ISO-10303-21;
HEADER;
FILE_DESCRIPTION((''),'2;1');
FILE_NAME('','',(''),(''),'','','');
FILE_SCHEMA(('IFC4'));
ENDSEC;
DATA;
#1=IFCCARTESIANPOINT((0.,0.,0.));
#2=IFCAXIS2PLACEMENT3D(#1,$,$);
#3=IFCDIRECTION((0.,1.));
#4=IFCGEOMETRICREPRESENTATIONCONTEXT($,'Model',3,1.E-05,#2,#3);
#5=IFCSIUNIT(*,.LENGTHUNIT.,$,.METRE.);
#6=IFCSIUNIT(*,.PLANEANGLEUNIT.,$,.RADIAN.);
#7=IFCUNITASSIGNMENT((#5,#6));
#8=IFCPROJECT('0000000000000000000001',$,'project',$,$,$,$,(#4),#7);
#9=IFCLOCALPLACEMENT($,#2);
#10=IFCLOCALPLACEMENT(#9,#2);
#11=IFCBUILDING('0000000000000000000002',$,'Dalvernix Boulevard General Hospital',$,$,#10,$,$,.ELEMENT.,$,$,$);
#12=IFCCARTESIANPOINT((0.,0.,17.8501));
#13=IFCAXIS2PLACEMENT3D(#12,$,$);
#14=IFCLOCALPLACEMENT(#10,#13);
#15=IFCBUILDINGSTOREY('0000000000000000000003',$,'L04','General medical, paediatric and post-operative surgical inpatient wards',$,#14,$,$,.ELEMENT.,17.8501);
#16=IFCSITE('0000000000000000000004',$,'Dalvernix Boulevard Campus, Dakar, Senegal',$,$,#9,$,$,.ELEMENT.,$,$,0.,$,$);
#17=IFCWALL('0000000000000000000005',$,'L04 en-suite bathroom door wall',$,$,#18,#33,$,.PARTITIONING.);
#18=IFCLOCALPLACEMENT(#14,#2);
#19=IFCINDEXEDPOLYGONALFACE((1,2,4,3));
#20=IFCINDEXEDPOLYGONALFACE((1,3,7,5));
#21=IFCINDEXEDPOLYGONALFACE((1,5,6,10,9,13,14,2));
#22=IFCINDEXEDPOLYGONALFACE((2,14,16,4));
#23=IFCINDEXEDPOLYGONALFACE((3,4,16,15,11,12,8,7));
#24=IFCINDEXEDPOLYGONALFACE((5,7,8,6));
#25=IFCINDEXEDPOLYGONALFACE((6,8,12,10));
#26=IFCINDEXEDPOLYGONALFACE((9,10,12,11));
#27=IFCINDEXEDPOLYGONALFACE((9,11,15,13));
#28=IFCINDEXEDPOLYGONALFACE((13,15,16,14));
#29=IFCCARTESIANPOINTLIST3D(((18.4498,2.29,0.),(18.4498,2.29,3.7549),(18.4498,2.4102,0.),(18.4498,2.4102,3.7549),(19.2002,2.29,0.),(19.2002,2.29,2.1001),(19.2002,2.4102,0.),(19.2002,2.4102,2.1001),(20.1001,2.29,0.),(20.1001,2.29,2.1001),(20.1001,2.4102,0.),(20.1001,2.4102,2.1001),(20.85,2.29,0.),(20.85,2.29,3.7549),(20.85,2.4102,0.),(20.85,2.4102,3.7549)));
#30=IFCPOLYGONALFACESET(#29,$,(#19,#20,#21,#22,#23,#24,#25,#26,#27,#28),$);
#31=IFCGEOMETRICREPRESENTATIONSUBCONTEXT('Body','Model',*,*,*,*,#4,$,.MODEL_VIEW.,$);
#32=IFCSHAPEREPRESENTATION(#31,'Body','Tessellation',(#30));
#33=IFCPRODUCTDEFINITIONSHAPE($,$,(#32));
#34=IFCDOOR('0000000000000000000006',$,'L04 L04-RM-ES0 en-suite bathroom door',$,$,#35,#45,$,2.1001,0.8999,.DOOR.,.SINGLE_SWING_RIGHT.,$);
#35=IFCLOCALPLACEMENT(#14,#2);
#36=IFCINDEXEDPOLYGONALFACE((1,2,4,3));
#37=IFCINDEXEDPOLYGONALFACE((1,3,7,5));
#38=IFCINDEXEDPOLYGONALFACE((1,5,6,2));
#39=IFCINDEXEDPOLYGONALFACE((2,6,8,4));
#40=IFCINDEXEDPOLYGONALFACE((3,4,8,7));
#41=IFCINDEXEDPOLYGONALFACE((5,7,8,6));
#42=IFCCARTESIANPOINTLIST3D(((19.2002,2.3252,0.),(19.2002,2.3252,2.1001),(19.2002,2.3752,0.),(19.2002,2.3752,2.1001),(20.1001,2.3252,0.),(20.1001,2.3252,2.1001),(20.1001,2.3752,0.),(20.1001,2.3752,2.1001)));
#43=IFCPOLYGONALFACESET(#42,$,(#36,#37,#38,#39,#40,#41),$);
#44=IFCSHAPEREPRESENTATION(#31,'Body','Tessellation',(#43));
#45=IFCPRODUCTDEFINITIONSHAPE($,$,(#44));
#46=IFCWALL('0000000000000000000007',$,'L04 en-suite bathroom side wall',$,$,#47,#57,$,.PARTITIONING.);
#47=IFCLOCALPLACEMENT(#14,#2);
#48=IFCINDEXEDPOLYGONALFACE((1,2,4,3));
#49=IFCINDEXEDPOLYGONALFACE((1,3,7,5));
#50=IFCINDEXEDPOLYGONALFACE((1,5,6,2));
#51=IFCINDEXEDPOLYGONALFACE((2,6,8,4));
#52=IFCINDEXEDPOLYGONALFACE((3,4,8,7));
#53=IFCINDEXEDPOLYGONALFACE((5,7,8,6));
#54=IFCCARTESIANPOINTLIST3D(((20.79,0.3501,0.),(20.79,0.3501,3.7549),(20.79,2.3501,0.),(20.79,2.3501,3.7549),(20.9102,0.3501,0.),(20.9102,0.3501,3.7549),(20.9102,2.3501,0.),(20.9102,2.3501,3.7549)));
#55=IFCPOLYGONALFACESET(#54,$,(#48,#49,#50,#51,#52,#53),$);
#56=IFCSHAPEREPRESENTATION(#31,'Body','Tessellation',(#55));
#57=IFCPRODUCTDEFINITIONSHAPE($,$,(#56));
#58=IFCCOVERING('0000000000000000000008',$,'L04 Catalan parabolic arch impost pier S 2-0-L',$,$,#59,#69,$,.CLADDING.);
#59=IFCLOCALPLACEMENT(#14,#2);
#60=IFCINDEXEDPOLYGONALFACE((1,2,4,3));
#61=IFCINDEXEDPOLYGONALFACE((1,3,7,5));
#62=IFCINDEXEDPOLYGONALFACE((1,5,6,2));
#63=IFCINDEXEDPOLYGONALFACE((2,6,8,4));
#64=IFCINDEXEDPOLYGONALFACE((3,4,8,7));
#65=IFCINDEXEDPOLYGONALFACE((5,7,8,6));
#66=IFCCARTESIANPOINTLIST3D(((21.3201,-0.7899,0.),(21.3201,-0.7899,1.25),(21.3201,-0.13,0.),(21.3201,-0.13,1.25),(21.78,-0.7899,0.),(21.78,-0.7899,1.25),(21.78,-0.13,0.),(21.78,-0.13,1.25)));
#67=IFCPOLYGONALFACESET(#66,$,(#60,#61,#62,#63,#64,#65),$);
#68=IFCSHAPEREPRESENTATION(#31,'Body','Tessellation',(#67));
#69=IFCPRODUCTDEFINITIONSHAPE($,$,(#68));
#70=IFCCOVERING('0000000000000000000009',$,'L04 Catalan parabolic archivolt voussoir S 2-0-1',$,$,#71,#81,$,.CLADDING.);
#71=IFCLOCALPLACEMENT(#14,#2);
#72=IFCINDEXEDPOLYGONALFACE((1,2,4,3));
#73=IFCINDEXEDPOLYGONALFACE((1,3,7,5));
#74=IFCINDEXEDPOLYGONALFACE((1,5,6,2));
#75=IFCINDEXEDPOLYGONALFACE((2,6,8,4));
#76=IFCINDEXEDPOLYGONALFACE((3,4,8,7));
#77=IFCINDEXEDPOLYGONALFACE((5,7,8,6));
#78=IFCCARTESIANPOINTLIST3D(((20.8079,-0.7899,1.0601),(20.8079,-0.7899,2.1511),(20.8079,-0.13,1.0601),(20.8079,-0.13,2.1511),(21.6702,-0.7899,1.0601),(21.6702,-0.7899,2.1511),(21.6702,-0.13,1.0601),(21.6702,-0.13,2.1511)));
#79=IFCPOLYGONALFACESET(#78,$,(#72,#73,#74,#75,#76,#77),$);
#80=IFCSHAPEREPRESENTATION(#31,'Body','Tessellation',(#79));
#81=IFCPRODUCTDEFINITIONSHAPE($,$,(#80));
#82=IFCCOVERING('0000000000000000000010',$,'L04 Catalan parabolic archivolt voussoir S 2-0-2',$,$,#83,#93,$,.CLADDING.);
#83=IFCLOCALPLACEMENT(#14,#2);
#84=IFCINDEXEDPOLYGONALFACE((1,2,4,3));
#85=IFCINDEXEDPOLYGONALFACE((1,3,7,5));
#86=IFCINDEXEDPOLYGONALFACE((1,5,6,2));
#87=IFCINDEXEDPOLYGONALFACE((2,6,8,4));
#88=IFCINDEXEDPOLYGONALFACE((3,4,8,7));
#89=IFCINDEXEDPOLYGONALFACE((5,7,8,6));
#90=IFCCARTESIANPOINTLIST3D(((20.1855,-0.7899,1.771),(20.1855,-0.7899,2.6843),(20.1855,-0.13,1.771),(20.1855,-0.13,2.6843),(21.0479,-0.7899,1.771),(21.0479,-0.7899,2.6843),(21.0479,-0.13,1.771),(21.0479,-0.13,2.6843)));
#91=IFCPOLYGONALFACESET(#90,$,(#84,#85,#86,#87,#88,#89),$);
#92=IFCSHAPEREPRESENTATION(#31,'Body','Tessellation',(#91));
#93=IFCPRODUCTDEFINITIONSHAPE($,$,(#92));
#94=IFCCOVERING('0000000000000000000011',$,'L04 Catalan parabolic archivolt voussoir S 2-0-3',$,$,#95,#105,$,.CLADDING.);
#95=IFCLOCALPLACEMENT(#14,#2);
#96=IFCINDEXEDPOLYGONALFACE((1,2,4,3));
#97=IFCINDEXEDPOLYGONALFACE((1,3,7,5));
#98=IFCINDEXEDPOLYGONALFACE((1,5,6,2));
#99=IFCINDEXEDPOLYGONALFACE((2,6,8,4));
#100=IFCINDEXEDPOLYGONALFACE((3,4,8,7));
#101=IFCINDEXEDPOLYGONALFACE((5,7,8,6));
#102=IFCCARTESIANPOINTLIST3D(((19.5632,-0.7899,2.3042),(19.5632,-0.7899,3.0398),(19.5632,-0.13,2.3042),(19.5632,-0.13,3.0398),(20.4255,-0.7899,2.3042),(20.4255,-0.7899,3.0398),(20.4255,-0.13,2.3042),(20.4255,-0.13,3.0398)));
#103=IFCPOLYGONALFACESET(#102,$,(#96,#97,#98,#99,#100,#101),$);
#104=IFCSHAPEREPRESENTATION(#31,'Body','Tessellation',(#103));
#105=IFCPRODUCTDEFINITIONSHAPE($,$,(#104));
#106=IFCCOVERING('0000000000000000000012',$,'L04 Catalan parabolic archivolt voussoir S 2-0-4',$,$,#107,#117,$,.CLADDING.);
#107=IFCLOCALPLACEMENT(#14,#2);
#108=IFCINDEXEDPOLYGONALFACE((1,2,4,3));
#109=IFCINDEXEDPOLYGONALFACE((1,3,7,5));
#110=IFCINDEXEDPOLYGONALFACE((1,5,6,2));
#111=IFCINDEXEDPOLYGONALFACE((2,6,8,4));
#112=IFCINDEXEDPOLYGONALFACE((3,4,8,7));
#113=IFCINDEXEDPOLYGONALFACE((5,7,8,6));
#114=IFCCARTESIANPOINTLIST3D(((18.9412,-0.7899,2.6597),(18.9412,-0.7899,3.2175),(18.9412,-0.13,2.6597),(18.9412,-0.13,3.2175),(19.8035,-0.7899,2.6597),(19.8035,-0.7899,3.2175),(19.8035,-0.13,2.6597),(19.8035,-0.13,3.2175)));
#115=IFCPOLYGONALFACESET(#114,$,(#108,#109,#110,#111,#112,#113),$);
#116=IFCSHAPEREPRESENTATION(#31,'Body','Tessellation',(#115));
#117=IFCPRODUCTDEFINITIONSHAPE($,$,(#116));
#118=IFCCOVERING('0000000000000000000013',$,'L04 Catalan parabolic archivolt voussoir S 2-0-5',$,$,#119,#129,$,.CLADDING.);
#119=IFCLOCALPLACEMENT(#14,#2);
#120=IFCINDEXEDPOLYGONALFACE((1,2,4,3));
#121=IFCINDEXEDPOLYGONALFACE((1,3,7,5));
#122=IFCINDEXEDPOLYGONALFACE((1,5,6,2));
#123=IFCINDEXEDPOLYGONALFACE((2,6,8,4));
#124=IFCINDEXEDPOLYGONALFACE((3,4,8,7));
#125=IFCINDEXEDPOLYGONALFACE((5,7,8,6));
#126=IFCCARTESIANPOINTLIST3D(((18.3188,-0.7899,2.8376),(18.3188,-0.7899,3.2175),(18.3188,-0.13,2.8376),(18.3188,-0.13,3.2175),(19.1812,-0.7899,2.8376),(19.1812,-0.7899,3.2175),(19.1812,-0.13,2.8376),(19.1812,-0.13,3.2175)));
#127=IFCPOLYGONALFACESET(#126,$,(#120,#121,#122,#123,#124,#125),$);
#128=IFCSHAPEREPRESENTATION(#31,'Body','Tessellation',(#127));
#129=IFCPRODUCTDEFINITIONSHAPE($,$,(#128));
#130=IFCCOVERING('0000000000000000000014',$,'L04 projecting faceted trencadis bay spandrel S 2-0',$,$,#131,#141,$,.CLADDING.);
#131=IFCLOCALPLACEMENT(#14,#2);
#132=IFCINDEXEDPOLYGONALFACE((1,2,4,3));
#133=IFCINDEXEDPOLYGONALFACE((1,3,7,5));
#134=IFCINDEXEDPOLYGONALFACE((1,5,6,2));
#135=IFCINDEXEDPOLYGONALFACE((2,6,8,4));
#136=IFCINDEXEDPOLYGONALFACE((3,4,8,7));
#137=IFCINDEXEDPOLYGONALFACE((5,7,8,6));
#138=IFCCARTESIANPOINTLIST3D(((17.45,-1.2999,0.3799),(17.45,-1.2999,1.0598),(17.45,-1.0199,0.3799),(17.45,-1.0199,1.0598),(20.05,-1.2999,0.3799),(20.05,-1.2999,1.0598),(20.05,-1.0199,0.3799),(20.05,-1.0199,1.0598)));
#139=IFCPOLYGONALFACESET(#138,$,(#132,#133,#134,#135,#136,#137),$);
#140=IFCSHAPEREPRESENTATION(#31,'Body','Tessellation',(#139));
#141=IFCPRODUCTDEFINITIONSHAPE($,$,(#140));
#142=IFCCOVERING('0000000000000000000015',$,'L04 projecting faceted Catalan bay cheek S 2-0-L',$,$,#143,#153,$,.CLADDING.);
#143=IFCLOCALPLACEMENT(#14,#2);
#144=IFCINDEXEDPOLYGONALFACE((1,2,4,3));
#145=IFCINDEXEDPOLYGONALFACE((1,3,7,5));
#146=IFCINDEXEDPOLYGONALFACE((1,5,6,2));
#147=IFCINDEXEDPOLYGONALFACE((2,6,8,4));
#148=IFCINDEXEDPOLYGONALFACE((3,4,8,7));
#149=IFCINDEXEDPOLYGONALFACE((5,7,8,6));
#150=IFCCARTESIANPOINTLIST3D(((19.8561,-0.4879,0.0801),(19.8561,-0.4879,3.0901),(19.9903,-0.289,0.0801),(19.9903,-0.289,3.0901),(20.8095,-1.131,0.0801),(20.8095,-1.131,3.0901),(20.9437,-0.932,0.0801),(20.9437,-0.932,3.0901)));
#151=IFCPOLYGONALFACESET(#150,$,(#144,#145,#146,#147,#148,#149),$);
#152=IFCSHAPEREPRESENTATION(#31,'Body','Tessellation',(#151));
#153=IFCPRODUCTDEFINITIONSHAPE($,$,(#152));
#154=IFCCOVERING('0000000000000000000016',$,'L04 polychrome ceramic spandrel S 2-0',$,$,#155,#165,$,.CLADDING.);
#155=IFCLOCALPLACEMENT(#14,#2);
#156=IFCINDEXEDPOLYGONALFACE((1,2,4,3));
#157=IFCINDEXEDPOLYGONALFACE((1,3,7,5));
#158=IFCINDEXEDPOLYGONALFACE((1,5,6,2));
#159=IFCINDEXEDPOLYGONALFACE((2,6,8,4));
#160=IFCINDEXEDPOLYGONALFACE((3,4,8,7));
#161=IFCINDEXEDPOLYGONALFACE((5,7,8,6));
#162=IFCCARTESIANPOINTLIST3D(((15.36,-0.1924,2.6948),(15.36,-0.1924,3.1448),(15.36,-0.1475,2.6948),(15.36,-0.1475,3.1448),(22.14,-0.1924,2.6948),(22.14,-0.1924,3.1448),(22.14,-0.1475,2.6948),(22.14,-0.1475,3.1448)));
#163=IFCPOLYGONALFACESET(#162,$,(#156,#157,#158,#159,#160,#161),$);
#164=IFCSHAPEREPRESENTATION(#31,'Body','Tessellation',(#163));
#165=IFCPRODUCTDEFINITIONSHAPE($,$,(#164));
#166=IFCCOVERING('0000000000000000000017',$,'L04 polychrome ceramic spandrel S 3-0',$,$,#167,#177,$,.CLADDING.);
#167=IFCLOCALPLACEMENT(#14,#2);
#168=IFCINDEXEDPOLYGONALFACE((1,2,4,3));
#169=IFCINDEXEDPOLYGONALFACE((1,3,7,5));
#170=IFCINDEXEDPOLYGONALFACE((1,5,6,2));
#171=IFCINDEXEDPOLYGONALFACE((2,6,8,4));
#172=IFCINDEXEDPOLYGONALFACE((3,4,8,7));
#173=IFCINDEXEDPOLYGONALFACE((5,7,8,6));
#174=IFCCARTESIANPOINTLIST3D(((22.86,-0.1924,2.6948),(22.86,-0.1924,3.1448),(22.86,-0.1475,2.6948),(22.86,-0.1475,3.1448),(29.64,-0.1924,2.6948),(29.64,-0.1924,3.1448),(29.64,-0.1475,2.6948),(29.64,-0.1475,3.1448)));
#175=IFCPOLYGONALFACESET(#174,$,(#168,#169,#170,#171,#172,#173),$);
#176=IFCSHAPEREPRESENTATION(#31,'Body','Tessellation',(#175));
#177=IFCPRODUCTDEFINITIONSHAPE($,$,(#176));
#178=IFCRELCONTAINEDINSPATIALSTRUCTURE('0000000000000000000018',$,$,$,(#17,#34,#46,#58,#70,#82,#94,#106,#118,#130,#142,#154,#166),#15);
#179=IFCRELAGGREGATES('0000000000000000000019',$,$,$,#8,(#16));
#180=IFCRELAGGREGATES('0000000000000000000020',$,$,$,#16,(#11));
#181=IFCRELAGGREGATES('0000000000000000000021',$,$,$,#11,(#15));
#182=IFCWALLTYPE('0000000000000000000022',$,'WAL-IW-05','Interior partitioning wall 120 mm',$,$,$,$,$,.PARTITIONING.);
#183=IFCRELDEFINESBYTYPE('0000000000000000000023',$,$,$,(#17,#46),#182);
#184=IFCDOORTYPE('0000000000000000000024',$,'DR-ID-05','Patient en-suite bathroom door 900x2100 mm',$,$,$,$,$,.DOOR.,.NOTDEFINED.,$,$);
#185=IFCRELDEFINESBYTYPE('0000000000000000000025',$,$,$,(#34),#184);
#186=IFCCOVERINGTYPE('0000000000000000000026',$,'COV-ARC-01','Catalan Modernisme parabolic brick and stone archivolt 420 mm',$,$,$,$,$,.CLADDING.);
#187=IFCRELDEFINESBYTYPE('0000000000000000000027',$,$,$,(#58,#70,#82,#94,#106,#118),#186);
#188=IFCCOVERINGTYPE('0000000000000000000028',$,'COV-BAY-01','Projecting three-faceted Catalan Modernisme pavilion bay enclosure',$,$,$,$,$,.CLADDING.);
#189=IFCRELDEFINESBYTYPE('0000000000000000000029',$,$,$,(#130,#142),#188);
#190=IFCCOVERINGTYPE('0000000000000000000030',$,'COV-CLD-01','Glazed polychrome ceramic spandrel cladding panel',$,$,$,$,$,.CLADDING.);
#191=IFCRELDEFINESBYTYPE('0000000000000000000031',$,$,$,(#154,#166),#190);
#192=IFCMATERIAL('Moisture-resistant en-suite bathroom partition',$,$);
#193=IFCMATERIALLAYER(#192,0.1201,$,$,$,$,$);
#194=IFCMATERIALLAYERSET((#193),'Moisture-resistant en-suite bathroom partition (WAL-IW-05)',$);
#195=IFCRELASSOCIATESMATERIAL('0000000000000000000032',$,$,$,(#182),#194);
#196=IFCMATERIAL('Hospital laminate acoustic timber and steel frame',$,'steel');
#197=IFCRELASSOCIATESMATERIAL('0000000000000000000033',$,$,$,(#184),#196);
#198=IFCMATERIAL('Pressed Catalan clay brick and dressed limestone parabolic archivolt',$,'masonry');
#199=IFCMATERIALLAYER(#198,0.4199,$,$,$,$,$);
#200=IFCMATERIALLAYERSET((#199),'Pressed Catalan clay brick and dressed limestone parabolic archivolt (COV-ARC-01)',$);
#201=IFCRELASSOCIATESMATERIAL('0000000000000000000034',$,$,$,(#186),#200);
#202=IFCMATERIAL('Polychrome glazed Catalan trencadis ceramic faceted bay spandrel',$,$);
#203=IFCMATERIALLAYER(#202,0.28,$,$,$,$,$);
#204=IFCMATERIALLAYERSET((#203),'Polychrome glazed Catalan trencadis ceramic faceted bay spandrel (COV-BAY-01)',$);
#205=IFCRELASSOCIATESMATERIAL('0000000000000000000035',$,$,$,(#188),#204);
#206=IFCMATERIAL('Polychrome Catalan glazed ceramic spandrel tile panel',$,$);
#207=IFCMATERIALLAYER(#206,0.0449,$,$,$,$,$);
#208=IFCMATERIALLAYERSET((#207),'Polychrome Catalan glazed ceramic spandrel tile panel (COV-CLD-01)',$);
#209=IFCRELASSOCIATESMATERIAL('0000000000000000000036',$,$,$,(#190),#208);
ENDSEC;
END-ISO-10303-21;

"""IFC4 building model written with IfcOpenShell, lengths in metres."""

from ifc_helpers import new_model, si_unit, direction, frame, frame_2d, origin, origin_2d, place, context, subcontext, project, spatial, rectangle, extrude, material, layer, layer_set, type_object, element, fill, save


model = new_model("IFC4")

# Units and contexts
model_context = context("Model", 3, precision=1e-05, world=origin(), true_north=direction((0.0, 1.0)))
body_context = subcontext(model_context, "Body", "Model", "MODEL_VIEW")
ifc_project = project(units=[si_unit("LENGTHUNIT", "METRE"), si_unit("PLANEANGLEUNIT", "RADIAN")], contexts=[model_context])

# Site, building, storey
site_placement = place(None, origin())
site = spatial("IfcSite", under=ifc_project, at=site_placement, Name="Dalvernix Boulevard Campus, Dakar, Senegal", CompositionType="ELEMENT", RefElevation=0.0)
building_placement = place(site_placement, origin())
building = spatial("IfcBuilding", under=site, at=building_placement, Name="Dalvernix Boulevard General Hospital", CompositionType="ELEMENT")
storey_placement = place(building_placement, frame((0.0, 0.0, 17.8501)))
storey = spatial("IfcBuildingStorey", under=building, at=storey_placement, Name="L04", Description="General medical, paediatric and post-operative surgical inpatient wards", CompositionType="ELEMENT", Elevation=17.8501)

# Wall, opening, door
ifc_material_1 = material(Name="Moisture-resistant en-suite bathroom partition")
ifc_layer_1 = layer(ifc_material_1, 0.1201)
ifc_layer_set_1 = layer_set([ifc_layer_1], Name="Moisture-resistant en-suite bathroom partition (WAL-IW-05)")
wall_type_1 = type_object("IfcWallType", Name="WAL-IW-05", Description="Interior partitioning wall 120 mm", PredefinedType="PARTITIONING", material=ifc_layer_set_1)
wall_1_placement = place(storey_placement, frame((20.8501, 2.3501, 0.0), z_axis=(0.0, 0.0, 1.0), x_axis=(-1.0, 0.0, 0.0)))
wall_1 = element("IfcWall", 1, at=wall_1_placement, inside=storey, type_object=wall_type_1, Name="L04 en-suite bathroom door wall", PredefinedType="PARTITIONING", context=body_context, shape_type="SweptSolid", body=[
    extrude(rectangle(XDim=2.4001, YDim=0.1201, at=frame_2d((1.2002, 0.0))), origin(), (0.0, 0.0, 1.0), 3.7549),
])
opening_1_placement = place(wall_1_placement, frame((0.75, 0.0, 0.0)))
opening_1 = element("IfcOpeningElement", 2, at=opening_1_placement, cuts=wall_1, PredefinedType="OPENING", context=body_context, shape_type="SweptSolid", body=[
    extrude(rectangle(XDim=0.8999, YDim=2.1001, at=frame_2d((0.45, 1.05))), frame((0.0, 0.0701, 0.0), z_axis=(0.0, -1.0, 0.0), x_axis=(1.0, 0.0, 0.0)), (0.0, 0.0, 1.0), 0.1401),
])
ifc_material_2 = material(Name="Hospital laminate acoustic timber and steel frame", Category="steel")
door_type = type_object("IfcDoorType", Name="DR-ID-05", Description="Patient en-suite bathroom door 900x2100 mm", OperationType="NOTDEFINED", PredefinedType="DOOR", material=ifc_material_2)
door_placement = place(opening_1_placement, origin())
door = element("IfcDoor", 3, at=door_placement, inside=storey, type_object=door_type, Name="L04 L04-RM-ES0 en-suite bathroom door", OperationType="SINGLE_SWING_RIGHT", OverallHeight=2.1001, OverallWidth=0.8999, PredefinedType="DOOR", context=body_context, shape_type="SweptSolid", body=[
    extrude(rectangle(XDim=0.8999, YDim=2.1001, at=frame_2d((0.45, 1.05))), frame((0.0, 0.0249, 0.0), z_axis=(0.0, -1.0, 0.0), x_axis=(1.0, 0.0, 0.0)), (0.0, 0.0, 1.0), 0.05),
])
fill(opening_1, door)

# Wall
wall_2_placement = place(storey_placement, frame((20.8501, 0.3501, 0.0), z_axis=(0.0, 0.0, 1.0), x_axis=(0.0, 1.0, 0.0)))
element("IfcWall", 4, at=wall_2_placement, inside=storey, type_object=wall_type_1, Name="L04 en-suite bathroom side wall", PredefinedType="PARTITIONING", context=body_context, shape_type="SweptSolid", body=[
    extrude(rectangle(XDim=2.0, YDim=0.1201, at=frame_2d((1.0, 0.0))), origin(), (0.0, 0.0, 1.0), 3.7549),
])

# Coverings
ifc_material_3 = material(Name="Pressed Catalan clay brick and dressed limestone parabolic archivolt", Category="masonry")
ifc_layer_2 = layer(ifc_material_3, 0.4199)
ifc_layer_set_2 = layer_set([ifc_layer_2], Name="Pressed Catalan clay brick and dressed limestone parabolic archivolt (COV-ARC-01)")
covering_type_1 = type_object("IfcCoveringType", Name="COV-ARC-01", Description="Catalan Modernisme parabolic brick and stone archivolt 420 mm", PredefinedType="CLADDING", material=ifc_layer_set_2)
covering_1_placement = place(storey_placement, frame((21.55, -0.46, 0.0), z_axis=(0.0, 0.0, 1.0), x_axis=(-1.0, 0.0, 0.0)))
element("IfcCovering", 5, at=covering_1_placement, inside=storey, type_object=covering_type_1, Name="L04 Catalan parabolic arch impost pier S 2-0-L", PredefinedType="CLADDING", context=body_context, shape_type="SweptSolid", body=[
    extrude(rectangle(XDim=0.46, YDim=0.6599, at=origin_2d()), origin(), (0.0, 0.0, 1.0), 1.25),
])
covering_2_placement = place(storey_placement, frame((21.239, -0.46, 1.0601), z_axis=(0.0, 0.0, 1.0), x_axis=(-1.0, 0.0, 0.0)))
element("IfcCovering", 6, at=covering_2_placement, inside=storey, type_object=covering_type_1, Name="L04 Catalan parabolic archivolt voussoir S 2-0-1", PredefinedType="CLADDING", context=body_context, shape_type="SweptSolid", body=[
    extrude(rectangle(XDim=0.8623, YDim=0.6599, at=origin_2d()), origin(), (0.0, 0.0, 1.0), 1.0911),
])
covering_3_placement = place(storey_placement, frame((20.6167, -0.46, 1.771), z_axis=(0.0, 0.0, 1.0), x_axis=(-1.0, 0.0, 0.0)))
element("IfcCovering", 7, at=covering_3_placement, inside=storey, type_object=covering_type_1, Name="L04 Catalan parabolic archivolt voussoir S 2-0-2", PredefinedType="CLADDING", context=body_context, shape_type="SweptSolid", body=[
    extrude(rectangle(XDim=0.8623, YDim=0.6599, at=origin_2d()), origin(), (0.0, 0.0, 1.0), 0.9133),
])
covering_4_placement = place(storey_placement, frame((19.9944, -0.46, 2.3042), z_axis=(0.0, 0.0, 1.0), x_axis=(-1.0, 0.0, 0.0)))
element("IfcCovering", 8, at=covering_4_placement, inside=storey, type_object=covering_type_1, Name="L04 Catalan parabolic archivolt voussoir S 2-0-3", PredefinedType="CLADDING", context=body_context, shape_type="SweptSolid", body=[
    extrude(rectangle(XDim=0.8623, YDim=0.6599, at=origin_2d()), origin(), (0.0, 0.0, 1.0), 0.7356),
])
covering_5_placement = place(storey_placement, frame((19.3723, -0.46, 2.6597), z_axis=(0.0, 0.0, 1.0), x_axis=(-1.0, 0.0, 0.0)))
element("IfcCovering", 9, at=covering_5_placement, inside=storey, type_object=covering_type_1, Name="L04 Catalan parabolic archivolt voussoir S 2-0-4", PredefinedType="CLADDING", context=body_context, shape_type="SweptSolid", body=[
    extrude(rectangle(XDim=0.8623, YDim=0.6599, at=origin_2d()), origin(), (0.0, 0.0, 1.0), 0.5579),
])
covering_6_placement = place(storey_placement, frame((18.75, -0.46, 2.8376), z_axis=(0.0, 0.0, 1.0), x_axis=(-1.0, 0.0, 0.0)))
element("IfcCovering", 10, at=covering_6_placement, inside=storey, type_object=covering_type_1, Name="L04 Catalan parabolic archivolt voussoir S 2-0-5", PredefinedType="CLADDING", context=body_context, shape_type="SweptSolid", body=[
    extrude(rectangle(XDim=0.8623, YDim=0.6599, at=origin_2d()), origin(), (0.0, 0.0, 1.0), 0.3799),
])
ifc_material_4 = material(Name="Polychrome glazed Catalan trencadis ceramic faceted bay spandrel")
ifc_layer_3 = layer(ifc_material_4, 0.28)
ifc_layer_set_3 = layer_set([ifc_layer_3], Name="Polychrome glazed Catalan trencadis ceramic faceted bay spandrel (COV-BAY-01)")
covering_type_2 = type_object("IfcCoveringType", Name="COV-BAY-01", Description="Projecting three-faceted Catalan Modernisme pavilion bay enclosure", PredefinedType="CLADDING", material=ifc_layer_set_3)
covering_7_placement = place(storey_placement, frame((18.75, -1.1599, 0.3799), z_axis=(0.0, 0.0, 1.0), x_axis=(-1.0, 0.0, 0.0)))
element("IfcCovering", 11, at=covering_7_placement, inside=storey, type_object=covering_type_2, Name="L04 projecting faceted trencadis bay spandrel S 2-0", PredefinedType="CLADDING", context=body_context, shape_type="SweptSolid", body=[
    extrude(rectangle(XDim=2.6001, YDim=0.28, at=origin_2d()), origin(), (0.0, 0.0, 1.0), 0.6799),
])
covering_8_placement = place(storey_placement, frame((20.3999, -0.71, 0.0801), z_axis=(0.0, 0.0, 1.0), x_axis=(-0.829038, 0.559193, 0.0)))
element("IfcCovering", 12, at=covering_8_placement, inside=storey, type_object=covering_type_2, Name="L04 projecting faceted Catalan bay cheek S 2-0-L", PredefinedType="CLADDING", context=body_context, shape_type="SweptSolid", body=[
    extrude(rectangle(XDim=1.1499, YDim=0.24, at=origin_2d()), origin(), (0.0, 0.0, 1.0), 3.01),
])
ifc_material_5 = material(Name="Polychrome Catalan glazed ceramic spandrel tile panel")
ifc_layer_4 = layer(ifc_material_5, 0.0449)
ifc_layer_set_4 = layer_set([ifc_layer_4], Name="Polychrome Catalan glazed ceramic spandrel tile panel (COV-CLD-01)")
covering_type_3 = type_object("IfcCoveringType", Name="COV-CLD-01", Description="Glazed polychrome ceramic spandrel cladding panel", PredefinedType="CLADDING", material=ifc_layer_set_4)
for number, where, z_axis, x_axis, name in (
    (13, (18.75, -0.1699, 2.6948), (0.0, 0.0, 1.0), (-1.0, 0.0, 0.0), "L04 polychrome ceramic spandrel S 2-0"),
    (14, (26.25, -0.1699, 2.6948), (0.0, 0.0, 1.0), (-1.0, 0.0, 0.0), "L04 polychrome ceramic spandrel S 3-0"),
):
    element("IfcCovering", number, at=place(storey_placement, frame(where, z_axis=z_axis, x_axis=x_axis)), inside=storey, type_object=covering_type_3, Name=name, PredefinedType="CLADDING", context=body_context, shape_type="SweptSolid", body=[
        extrude(rectangle(XDim=6.78, YDim=0.0449, at=origin_2d()), origin(), (0.0, 0.0, 1.0), 0.45),
    ])

save(model, "model.ifc")
